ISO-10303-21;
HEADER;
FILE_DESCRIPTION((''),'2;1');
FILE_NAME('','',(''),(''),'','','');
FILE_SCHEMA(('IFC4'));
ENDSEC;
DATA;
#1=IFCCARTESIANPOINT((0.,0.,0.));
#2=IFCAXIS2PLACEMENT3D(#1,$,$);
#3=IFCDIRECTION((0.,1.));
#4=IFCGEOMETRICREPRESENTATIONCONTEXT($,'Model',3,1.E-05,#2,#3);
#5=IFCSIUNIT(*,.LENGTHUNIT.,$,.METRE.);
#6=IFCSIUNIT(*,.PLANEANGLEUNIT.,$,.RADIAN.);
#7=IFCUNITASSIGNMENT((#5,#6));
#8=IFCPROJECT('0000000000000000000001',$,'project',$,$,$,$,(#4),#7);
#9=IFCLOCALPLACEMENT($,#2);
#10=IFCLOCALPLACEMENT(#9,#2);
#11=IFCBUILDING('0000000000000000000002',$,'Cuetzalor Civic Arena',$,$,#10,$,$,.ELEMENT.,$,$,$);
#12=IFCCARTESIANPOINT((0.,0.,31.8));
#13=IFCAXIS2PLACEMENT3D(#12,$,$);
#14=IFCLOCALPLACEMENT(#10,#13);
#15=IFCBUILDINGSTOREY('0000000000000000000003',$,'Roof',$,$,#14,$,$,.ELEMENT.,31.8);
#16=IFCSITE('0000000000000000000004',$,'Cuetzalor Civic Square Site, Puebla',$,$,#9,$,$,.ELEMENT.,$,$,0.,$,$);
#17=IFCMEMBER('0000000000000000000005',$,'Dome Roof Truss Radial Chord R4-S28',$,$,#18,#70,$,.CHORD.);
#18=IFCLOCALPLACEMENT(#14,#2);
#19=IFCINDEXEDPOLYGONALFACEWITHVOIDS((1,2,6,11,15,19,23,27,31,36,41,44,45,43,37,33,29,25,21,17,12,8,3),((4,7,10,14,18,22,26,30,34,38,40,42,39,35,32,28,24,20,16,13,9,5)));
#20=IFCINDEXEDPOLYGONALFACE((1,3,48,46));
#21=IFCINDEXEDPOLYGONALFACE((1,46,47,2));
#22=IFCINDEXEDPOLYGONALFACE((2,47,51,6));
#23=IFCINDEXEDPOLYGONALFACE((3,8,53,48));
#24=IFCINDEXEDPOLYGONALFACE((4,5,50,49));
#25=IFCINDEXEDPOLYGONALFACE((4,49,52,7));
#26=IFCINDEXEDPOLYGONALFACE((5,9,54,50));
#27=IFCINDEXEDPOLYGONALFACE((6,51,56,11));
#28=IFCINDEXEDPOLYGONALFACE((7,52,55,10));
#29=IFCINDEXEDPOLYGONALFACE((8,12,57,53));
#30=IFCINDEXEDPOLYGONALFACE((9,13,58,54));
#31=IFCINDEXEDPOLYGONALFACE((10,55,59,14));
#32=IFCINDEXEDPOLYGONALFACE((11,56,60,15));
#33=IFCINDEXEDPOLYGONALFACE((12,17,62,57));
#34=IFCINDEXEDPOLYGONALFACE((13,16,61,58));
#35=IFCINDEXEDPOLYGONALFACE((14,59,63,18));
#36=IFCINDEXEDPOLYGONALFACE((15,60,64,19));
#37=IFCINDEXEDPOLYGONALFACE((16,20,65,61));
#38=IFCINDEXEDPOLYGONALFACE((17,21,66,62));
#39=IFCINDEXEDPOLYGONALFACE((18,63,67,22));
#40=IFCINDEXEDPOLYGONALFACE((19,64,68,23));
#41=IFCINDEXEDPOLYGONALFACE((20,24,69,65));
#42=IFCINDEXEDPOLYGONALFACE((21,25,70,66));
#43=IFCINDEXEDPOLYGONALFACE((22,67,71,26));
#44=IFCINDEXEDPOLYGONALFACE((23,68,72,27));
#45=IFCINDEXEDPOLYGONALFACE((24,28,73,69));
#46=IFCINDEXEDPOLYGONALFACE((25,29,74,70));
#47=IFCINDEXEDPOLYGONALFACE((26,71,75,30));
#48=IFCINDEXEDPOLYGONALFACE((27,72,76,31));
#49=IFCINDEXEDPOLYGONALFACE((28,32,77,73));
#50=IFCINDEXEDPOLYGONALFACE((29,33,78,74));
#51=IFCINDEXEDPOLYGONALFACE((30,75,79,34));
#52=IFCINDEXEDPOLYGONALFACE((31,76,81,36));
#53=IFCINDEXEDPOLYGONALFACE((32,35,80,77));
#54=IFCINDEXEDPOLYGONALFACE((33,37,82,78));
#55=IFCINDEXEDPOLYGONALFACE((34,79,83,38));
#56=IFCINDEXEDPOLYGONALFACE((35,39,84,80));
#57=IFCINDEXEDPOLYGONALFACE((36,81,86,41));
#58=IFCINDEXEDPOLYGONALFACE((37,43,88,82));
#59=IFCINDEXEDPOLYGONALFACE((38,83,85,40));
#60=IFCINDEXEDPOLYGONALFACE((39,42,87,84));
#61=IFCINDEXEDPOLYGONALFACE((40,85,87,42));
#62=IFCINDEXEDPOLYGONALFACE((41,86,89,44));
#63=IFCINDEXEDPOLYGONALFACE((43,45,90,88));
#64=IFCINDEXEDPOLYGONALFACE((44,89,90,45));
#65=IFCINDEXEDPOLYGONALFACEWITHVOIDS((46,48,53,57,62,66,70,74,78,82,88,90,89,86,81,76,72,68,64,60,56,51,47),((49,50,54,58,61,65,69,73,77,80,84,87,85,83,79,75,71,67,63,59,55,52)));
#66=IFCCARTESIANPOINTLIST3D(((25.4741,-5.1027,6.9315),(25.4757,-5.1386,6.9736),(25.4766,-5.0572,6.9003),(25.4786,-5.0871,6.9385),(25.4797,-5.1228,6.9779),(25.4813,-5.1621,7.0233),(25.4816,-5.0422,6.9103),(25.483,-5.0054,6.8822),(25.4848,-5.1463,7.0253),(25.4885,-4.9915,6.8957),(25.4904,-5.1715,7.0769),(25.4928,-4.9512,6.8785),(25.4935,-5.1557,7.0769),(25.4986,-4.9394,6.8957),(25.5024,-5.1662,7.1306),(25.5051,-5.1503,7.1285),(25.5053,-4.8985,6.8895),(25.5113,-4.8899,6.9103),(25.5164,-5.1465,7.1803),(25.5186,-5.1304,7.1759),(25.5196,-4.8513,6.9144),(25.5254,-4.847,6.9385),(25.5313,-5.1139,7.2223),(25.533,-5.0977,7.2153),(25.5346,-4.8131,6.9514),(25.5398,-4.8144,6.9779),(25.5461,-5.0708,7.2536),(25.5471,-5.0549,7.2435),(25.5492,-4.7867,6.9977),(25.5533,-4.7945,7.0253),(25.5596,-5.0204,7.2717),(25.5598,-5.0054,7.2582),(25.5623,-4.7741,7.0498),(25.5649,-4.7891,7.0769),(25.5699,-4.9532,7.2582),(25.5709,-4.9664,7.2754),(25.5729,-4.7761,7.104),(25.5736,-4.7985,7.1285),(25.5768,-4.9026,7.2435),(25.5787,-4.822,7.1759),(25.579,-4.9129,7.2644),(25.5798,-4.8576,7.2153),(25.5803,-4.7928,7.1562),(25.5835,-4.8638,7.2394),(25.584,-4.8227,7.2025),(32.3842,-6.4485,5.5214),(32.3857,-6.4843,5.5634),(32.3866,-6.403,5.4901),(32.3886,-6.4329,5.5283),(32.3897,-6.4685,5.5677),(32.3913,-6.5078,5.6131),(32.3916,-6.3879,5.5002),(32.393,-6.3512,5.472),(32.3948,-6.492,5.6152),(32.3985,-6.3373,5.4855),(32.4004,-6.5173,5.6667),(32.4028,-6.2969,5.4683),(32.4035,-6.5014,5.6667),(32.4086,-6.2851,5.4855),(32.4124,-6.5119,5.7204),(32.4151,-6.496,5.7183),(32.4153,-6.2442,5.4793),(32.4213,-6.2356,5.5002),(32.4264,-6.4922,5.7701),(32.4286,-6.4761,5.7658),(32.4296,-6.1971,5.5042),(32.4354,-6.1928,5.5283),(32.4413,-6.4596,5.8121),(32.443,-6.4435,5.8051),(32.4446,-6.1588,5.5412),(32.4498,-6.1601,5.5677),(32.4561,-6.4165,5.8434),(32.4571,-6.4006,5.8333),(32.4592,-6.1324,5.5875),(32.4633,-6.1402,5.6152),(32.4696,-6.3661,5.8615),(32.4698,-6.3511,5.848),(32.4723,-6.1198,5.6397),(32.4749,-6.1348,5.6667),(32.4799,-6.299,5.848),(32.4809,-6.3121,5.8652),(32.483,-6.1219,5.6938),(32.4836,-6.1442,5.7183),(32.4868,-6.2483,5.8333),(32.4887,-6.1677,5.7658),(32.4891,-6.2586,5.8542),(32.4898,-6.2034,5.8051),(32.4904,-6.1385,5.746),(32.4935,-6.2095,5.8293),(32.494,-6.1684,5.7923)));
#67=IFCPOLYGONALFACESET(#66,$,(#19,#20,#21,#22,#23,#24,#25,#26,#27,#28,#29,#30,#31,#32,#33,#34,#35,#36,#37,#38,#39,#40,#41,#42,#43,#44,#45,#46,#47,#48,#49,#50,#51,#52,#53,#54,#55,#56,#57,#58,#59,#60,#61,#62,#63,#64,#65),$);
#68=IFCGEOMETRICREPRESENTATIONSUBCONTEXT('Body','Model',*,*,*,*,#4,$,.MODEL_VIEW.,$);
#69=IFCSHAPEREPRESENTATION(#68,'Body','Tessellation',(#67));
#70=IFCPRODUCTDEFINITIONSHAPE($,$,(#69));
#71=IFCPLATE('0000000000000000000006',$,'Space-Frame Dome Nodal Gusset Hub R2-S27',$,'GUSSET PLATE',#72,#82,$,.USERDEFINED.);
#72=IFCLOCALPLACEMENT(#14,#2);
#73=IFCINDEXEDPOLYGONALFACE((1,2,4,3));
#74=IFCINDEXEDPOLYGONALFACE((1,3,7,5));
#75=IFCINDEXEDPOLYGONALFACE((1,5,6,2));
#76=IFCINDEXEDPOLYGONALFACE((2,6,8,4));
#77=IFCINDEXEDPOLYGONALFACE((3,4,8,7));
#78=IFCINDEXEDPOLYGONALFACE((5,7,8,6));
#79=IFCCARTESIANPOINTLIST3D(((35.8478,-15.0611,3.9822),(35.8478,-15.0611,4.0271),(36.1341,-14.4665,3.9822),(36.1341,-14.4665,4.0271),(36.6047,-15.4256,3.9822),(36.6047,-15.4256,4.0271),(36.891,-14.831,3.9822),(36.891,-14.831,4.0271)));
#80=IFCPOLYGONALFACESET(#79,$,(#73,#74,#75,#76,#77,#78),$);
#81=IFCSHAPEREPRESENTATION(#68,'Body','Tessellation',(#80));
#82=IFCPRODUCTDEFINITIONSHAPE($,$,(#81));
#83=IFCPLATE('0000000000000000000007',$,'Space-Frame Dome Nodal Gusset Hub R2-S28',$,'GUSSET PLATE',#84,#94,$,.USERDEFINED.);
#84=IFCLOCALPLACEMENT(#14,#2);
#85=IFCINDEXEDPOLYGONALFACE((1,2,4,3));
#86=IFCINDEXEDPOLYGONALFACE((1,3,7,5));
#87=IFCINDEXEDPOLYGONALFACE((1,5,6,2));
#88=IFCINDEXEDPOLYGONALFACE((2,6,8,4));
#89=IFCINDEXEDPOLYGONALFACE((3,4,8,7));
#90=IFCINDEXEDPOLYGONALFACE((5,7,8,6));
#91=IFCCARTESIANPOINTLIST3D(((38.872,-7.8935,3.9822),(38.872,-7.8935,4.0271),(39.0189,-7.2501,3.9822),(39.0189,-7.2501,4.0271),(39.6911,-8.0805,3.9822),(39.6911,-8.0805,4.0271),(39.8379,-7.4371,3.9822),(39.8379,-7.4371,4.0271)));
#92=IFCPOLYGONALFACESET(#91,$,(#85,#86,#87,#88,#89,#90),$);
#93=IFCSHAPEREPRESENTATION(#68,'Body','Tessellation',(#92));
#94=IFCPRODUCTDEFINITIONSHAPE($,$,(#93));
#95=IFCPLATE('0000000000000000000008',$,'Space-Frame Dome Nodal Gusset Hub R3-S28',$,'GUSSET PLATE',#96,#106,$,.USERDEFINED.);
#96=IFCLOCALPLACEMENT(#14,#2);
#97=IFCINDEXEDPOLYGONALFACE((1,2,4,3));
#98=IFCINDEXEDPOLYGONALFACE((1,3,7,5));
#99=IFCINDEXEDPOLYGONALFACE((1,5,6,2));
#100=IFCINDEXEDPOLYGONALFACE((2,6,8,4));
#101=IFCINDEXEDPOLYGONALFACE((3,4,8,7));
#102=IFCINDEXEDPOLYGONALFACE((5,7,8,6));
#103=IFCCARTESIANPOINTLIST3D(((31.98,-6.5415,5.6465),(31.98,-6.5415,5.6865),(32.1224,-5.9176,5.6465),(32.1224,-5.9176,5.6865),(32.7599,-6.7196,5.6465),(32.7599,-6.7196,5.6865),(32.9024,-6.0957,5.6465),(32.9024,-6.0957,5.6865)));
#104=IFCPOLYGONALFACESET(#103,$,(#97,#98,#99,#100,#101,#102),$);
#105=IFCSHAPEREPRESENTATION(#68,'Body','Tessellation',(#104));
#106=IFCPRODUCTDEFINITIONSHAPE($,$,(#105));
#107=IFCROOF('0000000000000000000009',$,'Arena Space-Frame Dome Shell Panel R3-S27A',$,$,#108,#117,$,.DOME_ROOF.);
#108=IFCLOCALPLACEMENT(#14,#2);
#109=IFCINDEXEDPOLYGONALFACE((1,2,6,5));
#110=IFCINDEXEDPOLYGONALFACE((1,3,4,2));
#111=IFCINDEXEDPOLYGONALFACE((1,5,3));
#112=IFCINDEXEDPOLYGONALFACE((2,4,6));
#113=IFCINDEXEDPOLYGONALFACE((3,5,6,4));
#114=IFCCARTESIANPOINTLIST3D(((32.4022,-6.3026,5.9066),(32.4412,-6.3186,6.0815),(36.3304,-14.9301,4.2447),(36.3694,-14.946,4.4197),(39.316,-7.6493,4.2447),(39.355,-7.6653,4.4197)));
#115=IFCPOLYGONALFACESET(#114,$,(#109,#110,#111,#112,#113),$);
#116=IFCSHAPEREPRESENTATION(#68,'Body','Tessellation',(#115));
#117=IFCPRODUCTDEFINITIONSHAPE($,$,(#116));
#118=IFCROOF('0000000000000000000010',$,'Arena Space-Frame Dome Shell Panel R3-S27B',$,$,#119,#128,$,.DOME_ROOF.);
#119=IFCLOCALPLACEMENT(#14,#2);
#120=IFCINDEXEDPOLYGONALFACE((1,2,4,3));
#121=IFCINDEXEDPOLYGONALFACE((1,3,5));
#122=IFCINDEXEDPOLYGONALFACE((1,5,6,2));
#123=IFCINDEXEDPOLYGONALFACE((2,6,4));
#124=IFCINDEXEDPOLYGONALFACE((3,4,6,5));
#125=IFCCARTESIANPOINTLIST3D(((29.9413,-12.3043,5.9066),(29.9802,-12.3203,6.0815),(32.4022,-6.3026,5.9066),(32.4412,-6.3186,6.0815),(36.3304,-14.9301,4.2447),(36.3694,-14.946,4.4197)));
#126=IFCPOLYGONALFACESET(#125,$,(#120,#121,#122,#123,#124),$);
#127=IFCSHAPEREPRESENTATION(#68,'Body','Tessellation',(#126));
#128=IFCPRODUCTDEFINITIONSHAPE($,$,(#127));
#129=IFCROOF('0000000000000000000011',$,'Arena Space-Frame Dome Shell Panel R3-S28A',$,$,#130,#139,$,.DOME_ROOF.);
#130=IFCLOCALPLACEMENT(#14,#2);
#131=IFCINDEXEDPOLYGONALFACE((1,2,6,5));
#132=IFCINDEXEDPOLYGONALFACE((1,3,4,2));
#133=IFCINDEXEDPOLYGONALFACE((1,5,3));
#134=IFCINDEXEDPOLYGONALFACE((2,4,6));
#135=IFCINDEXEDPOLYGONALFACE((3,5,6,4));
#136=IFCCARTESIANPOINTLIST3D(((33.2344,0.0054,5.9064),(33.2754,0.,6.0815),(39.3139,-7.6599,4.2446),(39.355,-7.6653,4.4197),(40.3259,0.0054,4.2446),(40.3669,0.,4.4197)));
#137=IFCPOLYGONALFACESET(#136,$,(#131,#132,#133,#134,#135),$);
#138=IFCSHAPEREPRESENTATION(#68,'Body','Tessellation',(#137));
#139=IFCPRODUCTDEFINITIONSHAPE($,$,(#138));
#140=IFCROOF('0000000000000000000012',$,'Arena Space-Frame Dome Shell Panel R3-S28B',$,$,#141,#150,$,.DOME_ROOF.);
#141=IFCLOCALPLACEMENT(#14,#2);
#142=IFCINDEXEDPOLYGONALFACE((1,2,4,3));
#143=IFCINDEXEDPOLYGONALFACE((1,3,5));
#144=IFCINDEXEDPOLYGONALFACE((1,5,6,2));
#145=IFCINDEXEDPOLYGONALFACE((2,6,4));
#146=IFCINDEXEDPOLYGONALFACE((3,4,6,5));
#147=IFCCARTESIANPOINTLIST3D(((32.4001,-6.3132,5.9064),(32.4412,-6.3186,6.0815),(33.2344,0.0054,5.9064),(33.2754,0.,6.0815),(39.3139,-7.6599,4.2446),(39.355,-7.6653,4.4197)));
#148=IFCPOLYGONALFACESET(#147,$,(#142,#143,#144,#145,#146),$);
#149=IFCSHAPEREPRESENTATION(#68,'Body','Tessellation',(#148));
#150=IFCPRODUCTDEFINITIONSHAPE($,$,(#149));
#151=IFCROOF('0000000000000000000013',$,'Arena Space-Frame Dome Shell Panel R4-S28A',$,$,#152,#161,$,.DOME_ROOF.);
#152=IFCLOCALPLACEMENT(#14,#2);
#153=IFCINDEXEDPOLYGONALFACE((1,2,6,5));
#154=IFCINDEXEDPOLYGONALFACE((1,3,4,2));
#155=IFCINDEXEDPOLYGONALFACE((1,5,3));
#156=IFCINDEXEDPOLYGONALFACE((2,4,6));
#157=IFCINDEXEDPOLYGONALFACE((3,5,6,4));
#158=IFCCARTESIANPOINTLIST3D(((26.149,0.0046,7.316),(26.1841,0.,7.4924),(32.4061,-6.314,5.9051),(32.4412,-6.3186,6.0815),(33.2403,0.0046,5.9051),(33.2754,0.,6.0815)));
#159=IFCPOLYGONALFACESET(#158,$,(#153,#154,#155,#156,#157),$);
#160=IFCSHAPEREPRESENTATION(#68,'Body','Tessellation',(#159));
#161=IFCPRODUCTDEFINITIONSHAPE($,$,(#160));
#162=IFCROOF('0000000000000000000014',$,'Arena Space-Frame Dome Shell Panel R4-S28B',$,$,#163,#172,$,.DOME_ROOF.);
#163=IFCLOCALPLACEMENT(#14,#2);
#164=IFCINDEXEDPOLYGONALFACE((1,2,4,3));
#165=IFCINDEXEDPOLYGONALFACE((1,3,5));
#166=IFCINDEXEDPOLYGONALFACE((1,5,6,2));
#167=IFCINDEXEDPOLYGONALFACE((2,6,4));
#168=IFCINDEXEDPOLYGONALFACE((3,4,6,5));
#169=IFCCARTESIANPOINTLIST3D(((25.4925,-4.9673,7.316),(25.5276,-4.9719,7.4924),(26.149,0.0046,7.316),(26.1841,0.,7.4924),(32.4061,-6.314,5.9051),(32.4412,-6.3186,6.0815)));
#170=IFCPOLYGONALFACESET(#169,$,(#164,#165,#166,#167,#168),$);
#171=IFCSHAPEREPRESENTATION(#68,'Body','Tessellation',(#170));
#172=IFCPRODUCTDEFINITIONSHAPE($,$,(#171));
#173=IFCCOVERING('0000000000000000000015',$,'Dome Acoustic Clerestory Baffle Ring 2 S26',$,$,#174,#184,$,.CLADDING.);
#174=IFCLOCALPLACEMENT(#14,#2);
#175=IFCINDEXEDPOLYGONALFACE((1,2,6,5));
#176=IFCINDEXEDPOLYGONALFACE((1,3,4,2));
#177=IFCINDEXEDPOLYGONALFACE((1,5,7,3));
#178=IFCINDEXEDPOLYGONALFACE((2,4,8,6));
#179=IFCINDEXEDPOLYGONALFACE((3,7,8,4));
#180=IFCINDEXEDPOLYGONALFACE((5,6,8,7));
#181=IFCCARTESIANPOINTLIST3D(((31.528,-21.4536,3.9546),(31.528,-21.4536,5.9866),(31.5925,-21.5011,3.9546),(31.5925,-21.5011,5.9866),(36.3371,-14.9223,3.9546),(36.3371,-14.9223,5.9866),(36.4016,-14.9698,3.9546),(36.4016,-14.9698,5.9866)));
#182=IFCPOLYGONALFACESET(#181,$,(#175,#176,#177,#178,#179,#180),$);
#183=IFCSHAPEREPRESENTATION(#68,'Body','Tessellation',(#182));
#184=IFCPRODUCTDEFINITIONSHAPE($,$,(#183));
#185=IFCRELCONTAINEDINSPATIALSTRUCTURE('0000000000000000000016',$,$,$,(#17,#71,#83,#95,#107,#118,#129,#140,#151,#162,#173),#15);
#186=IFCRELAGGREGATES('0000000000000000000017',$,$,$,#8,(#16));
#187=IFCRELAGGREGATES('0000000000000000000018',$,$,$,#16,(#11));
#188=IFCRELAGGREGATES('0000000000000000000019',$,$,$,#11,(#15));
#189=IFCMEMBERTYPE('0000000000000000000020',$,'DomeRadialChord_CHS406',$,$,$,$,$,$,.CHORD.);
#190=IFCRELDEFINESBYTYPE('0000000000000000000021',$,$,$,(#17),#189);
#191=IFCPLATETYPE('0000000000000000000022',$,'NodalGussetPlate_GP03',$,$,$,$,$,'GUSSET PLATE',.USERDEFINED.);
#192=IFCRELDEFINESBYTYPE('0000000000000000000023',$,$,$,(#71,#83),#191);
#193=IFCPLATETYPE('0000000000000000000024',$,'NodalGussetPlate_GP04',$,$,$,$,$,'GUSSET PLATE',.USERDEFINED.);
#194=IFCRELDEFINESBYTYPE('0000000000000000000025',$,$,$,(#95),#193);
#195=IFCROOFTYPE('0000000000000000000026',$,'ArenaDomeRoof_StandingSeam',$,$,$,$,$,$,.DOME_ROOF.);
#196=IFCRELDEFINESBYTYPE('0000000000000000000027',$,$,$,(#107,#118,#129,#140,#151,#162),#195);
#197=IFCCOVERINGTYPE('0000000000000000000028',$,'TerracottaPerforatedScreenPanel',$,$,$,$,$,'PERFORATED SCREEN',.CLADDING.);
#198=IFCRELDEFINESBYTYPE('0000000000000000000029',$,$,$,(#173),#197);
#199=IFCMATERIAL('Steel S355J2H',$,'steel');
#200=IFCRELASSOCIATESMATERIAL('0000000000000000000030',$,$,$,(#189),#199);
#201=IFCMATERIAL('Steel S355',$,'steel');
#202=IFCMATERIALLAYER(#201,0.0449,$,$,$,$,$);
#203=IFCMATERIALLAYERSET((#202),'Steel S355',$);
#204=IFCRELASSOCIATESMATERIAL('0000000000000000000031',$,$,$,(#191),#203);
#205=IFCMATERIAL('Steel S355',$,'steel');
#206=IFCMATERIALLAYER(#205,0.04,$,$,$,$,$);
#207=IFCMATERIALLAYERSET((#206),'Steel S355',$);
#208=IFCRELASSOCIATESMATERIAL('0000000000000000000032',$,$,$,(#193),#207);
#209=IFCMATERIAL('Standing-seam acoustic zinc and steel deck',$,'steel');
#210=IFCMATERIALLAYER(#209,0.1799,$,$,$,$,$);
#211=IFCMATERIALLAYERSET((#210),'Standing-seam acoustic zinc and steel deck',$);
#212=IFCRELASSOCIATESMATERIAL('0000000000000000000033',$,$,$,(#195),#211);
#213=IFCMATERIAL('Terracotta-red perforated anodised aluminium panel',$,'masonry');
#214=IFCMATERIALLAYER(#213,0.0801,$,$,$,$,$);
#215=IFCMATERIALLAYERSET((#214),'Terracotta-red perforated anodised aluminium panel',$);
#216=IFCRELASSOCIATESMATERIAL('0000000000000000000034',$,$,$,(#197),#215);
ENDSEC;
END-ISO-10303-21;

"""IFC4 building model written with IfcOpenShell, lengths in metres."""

from ifc_helpers import new_model, si_unit, direction, frame, frame_2d, origin, origin_2d, place, context, subcontext, project, spatial, polyline, rectangle, hollow_circle, outline, extrude, material, layer, layer_set, material_profile, profile_set, type_object, element, save


model = new_model("IFC4")

# Units and contexts
model_context = context("Model", 3, precision=1e-05, world=origin(), true_north=direction((0.0, 1.0)))
body_context = subcontext(model_context, "Body", "Model", "MODEL_VIEW")
ifc_project = project(units=[si_unit("LENGTHUNIT", "METRE"), si_unit("PLANEANGLEUNIT", "RADIAN")], contexts=[model_context])

# Site, building, storey
site_placement = place(None, origin())
site = spatial("IfcSite", under=ifc_project, at=site_placement, Name="Cuetzalor Civic Square Site, Puebla", CompositionType="ELEMENT", RefElevation=0.0)
building_placement = place(site_placement, origin())
building = spatial("IfcBuilding", under=site, at=building_placement, Name="Cuetzalor Civic Arena", CompositionType="ELEMENT")
storey_placement = place(building_placement, frame((0.0, 0.0, 31.8)))
storey = spatial("IfcBuildingStorey", under=building, at=storey_placement, Name="Roof", CompositionType="ELEMENT", Elevation=31.8)

# Member
ifc_material_1 = material(Name="Steel S355J2H", Category="steel")
ifc_material_profile_1 = material_profile(ifc_material_1, hollow_circle(Radius=0.2029, WallThickness=0.0161, at=origin_2d()), Name="CHS 406x16")
ifc_profile_set_1 = profile_set([ifc_material_profile_1], Name="Steel S355J2H")
member_type_1 = type_object("IfcMemberType", Name="DomeRadialChord_CHS406", PredefinedType="CHORD", material=ifc_profile_set_1)
member_1_placement = place(storey_placement, frame((32.4392, -6.3181, 5.6667), z_axis=(-0.96244, 0.187435, 0.196412), x_axis=(-0.191158, -0.981559, 0.0)))
element("IfcMember", 1, at=member_1_placement, inside=storey, type_object=member_type_1, Name="Dome Roof Truss Radial Chord R4-S28", PredefinedType="CHORD", context=body_context, shape_type="SweptSolid", body=[
    extrude(hollow_circle(Radius=0.2029, WallThickness=0.0161, at=origin_2d()), origin(), (0.0, 0.0, 1.0), 7.1797),
])

# Plates
ifc_material_2 = material(Name="Steel S355", Category="steel")
ifc_layer_1 = layer(ifc_material_2, 0.0449)
ifc_layer_set_1 = layer_set([ifc_layer_1], Name="Steel S355")
plate_type_1 = type_object("IfcPlateType", Name="NodalGussetPlate_GP03", ElementType="GUSSET PLATE", PredefinedType="USERDEFINED", material=ifc_layer_set_1)
for number, where, z_axis, x_axis, name in (
    (2, (36.3694, -14.946, 3.9822), (0.0, 0.0, 1.0), (0.901001, -0.433816, 0.0), "Space-Frame Dome Nodal Gusset Hub R2-S27"),
    (3, (39.355, -7.6653, 3.9822), (0.0, 0.0, 1.0), (0.974917, -0.22257, 0.0), "Space-Frame Dome Nodal Gusset Hub R2-S28"),
):
    element("IfcPlate", number, at=place(storey_placement, frame(where, z_axis=z_axis, x_axis=x_axis)), inside=storey, type_object=plate_type_1, Name=name, ObjectType="GUSSET PLATE", PredefinedType="USERDEFINED", context=body_context, shape_type="SweptSolid", body=[
        extrude(rectangle(XDim=0.8401, YDim=0.6599, at=origin_2d()), origin(), (0.0, 0.0, 1.0), 0.0449),
    ])
ifc_material_3 = material(Name="Steel S355", Category="steel")
ifc_layer_2 = layer(ifc_material_3, 0.04)
ifc_layer_set_2 = layer_set([ifc_layer_2], Name="Steel S355")
plate_type_2 = type_object("IfcPlateType", Name="NodalGussetPlate_GP04", ElementType="GUSSET PLATE", PredefinedType="USERDEFINED", material=ifc_layer_set_2)
plate_placement = place(storey_placement, frame((32.4412, -6.3186, 5.6465), z_axis=(0.0, 0.0, 1.0), x_axis=(0.974917, -0.22257, 0.0)))
element("IfcPlate", 4, at=plate_placement, inside=storey, type_object=plate_type_2, Name="Space-Frame Dome Nodal Gusset Hub R3-S28", ObjectType="GUSSET PLATE", PredefinedType="USERDEFINED", context=body_context, shape_type="SweptSolid", body=[
    extrude(rectangle(XDim=0.8, YDim=0.6399, at=origin_2d()), origin(), (0.0, 0.0, 1.0), 0.04),
])

# Roofs
ifc_material_4 = material(Name="Standing-seam acoustic zinc and steel deck", Category="steel")
ifc_layer_3 = layer(ifc_material_4, 0.1799)
ifc_layer_set_3 = layer_set([ifc_layer_3], Name="Standing-seam acoustic zinc and steel deck")
roof_type = type_object("IfcRoofType", Name="ArenaDomeRoof_StandingSeam", PredefinedType="DOME_ROOF", material=ifc_layer_set_3)
roof_1_placement = place(storey_placement, frame((36.3694, -14.946, 4.4197), z_axis=(0.216415, -0.088745, 0.97226), x_axis=(0.379406, 0.92523, 0.0)))
element("IfcRoof", 5, at=roof_1_placement, inside=storey, type_object=roof_type, Name="Arena Space-Frame Dome Shell Panel R3-S27A", PredefinedType="DOME_ROOF", context=body_context, shape_type="SweptSolid", body=[
    extrude(outline(polyline([(0.0, 0.0), (7.8691, 0.0), (6.492, 7.1049), (0.0, 0.0)])), origin(), (0.0, 0.0, -1.0), 0.1799),
])
roof_2_placement = place(storey_placement, frame((36.3694, -14.946, 4.4197), z_axis=(0.216422, -0.088741, 0.972259), x_axis=(-0.40816, 0.896431, 0.172675)))
element("IfcRoof", 6, at=roof_2_placement, inside=storey, type_object=roof_type, Name="Arena Space-Frame Dome Shell Panel R3-S27B", PredefinedType="DOME_ROOF", context=body_context, shape_type="SweptSolid", body=[
    extrude(outline(polyline([(0.0, 0.0), (9.6242, 0.0), (5.2486, 4.7886), (0.0, 0.0)])), origin(), (0.0, 0.0, -1.0), 0.1799),
])
roof_3_placement = place(storey_placement, frame((39.355, -7.6653, 4.4197), z_axis=(0.22806, -0.030108, 0.973182), x_axis=(0.130883, 0.991398, 0.0)))
element("IfcRoof", 7, at=roof_3_placement, inside=storey, type_object=roof_type, Name="Arena Space-Frame Dome Shell Panel R3-S28A", PredefinedType="DOME_ROOF", context=body_context, shape_type="SweptSolid", body=[
    extrude(outline(polyline([(0.0, 0.0), (7.7318, 0.0), (6.8036, 7.2243), (0.0, 0.0)])), origin(), (0.0, 0.0, -1.0), 0.1799),
])
roof_4_placement = place(storey_placement, frame((39.355, -7.6653, 4.4197), z_axis=(0.228058, -0.03011, 0.973182), x_axis=(-0.612634, 0.772422, 0.167464)))
element("IfcRoof", 8, at=roof_4_placement, inside=storey, type_object=roof_type, Name="Arena Space-Frame Dome Shell Panel R3-S28B", PredefinedType="DOME_ROOF", context=body_context, shape_type="SweptSolid", body=[
    extrude(outline(polyline([(0.0, 0.0), (9.9237, 0.0), (5.5541, 4.6398), (0.0, 0.0)])), origin(), (0.0, 0.0, -1.0), 0.1799),
])
roof_5_placement = place(storey_placement, frame((32.4412, -6.3186, 6.0815), z_axis=(0.195071, -0.025755, 0.980451), x_axis=(0.130891, 0.991397, 0.0)))
element("IfcRoof", 9, at=roof_5_placement, inside=storey, type_object=roof_type, Name="Arena Space-Frame Dome Shell Panel R4-S28A", PredefinedType="DOME_ROOF", context=body_context, shape_type="SweptSolid", body=[
    extrude(outline(polyline([(0.0, 0.0), (6.3734, 0.0), (5.4452, 7.1705), (0.0, 0.0)])), origin(), (0.0, 0.0, -1.0), 0.1799),
])
roof_6_placement = place(storey_placement, frame((32.4412, -6.3186, 6.0815), z_axis=(0.195069, -0.025757, 0.980451), x_axis=(-0.694946, 0.701779, 0.156701)))
element("IfcRoof", 10, at=roof_6_placement, inside=storey, type_object=roof_type, Name="Arena Space-Frame Dome Shell Panel R4-S28B", PredefinedType="DOME_ROOF", context=body_context, shape_type="SweptSolid", body=[
    extrude(outline(polyline([(0.0, 0.0), (9.0037, 0.0), (5.9707, 3.994), (0.0, 0.0)])), origin(), (0.0, 0.0, -1.0), 0.1799),
])

# Covering
ifc_material_5 = material(Name="Terracotta-red perforated anodised aluminium panel", Category="masonry")
ifc_layer_4 = layer(ifc_material_5, 0.0801)
ifc_layer_set_4 = layer_set([ifc_layer_4], Name="Terracotta-red perforated anodised aluminium panel")
covering_type = type_object("IfcCoveringType", Name="TerracottaPerforatedScreenPanel", ElementType="PERFORATED SCREEN", PredefinedType="CLADDING", material=ifc_layer_set_4)
covering_1_placement = place(storey_placement, frame((36.3694, -14.946, 3.9546), z_axis=(0.0, 0.0, 1.0), x_axis=(-0.592926, -0.805257, 0.0)))
element("IfcCovering", 11, at=covering_1_placement, inside=storey, type_object=covering_type, Name="Dome Acoustic Clerestory Baffle Ring 2 S26", PredefinedType="CLADDING", context=body_context, shape_type="SweptSolid", body=[
    extrude(rectangle(XDim=8.1108, YDim=0.0801, at=frame_2d((4.0554, 0.0))), origin(), (0.0, 0.0, 1.0), 2.032),
])

save(model, "model.ifc")
